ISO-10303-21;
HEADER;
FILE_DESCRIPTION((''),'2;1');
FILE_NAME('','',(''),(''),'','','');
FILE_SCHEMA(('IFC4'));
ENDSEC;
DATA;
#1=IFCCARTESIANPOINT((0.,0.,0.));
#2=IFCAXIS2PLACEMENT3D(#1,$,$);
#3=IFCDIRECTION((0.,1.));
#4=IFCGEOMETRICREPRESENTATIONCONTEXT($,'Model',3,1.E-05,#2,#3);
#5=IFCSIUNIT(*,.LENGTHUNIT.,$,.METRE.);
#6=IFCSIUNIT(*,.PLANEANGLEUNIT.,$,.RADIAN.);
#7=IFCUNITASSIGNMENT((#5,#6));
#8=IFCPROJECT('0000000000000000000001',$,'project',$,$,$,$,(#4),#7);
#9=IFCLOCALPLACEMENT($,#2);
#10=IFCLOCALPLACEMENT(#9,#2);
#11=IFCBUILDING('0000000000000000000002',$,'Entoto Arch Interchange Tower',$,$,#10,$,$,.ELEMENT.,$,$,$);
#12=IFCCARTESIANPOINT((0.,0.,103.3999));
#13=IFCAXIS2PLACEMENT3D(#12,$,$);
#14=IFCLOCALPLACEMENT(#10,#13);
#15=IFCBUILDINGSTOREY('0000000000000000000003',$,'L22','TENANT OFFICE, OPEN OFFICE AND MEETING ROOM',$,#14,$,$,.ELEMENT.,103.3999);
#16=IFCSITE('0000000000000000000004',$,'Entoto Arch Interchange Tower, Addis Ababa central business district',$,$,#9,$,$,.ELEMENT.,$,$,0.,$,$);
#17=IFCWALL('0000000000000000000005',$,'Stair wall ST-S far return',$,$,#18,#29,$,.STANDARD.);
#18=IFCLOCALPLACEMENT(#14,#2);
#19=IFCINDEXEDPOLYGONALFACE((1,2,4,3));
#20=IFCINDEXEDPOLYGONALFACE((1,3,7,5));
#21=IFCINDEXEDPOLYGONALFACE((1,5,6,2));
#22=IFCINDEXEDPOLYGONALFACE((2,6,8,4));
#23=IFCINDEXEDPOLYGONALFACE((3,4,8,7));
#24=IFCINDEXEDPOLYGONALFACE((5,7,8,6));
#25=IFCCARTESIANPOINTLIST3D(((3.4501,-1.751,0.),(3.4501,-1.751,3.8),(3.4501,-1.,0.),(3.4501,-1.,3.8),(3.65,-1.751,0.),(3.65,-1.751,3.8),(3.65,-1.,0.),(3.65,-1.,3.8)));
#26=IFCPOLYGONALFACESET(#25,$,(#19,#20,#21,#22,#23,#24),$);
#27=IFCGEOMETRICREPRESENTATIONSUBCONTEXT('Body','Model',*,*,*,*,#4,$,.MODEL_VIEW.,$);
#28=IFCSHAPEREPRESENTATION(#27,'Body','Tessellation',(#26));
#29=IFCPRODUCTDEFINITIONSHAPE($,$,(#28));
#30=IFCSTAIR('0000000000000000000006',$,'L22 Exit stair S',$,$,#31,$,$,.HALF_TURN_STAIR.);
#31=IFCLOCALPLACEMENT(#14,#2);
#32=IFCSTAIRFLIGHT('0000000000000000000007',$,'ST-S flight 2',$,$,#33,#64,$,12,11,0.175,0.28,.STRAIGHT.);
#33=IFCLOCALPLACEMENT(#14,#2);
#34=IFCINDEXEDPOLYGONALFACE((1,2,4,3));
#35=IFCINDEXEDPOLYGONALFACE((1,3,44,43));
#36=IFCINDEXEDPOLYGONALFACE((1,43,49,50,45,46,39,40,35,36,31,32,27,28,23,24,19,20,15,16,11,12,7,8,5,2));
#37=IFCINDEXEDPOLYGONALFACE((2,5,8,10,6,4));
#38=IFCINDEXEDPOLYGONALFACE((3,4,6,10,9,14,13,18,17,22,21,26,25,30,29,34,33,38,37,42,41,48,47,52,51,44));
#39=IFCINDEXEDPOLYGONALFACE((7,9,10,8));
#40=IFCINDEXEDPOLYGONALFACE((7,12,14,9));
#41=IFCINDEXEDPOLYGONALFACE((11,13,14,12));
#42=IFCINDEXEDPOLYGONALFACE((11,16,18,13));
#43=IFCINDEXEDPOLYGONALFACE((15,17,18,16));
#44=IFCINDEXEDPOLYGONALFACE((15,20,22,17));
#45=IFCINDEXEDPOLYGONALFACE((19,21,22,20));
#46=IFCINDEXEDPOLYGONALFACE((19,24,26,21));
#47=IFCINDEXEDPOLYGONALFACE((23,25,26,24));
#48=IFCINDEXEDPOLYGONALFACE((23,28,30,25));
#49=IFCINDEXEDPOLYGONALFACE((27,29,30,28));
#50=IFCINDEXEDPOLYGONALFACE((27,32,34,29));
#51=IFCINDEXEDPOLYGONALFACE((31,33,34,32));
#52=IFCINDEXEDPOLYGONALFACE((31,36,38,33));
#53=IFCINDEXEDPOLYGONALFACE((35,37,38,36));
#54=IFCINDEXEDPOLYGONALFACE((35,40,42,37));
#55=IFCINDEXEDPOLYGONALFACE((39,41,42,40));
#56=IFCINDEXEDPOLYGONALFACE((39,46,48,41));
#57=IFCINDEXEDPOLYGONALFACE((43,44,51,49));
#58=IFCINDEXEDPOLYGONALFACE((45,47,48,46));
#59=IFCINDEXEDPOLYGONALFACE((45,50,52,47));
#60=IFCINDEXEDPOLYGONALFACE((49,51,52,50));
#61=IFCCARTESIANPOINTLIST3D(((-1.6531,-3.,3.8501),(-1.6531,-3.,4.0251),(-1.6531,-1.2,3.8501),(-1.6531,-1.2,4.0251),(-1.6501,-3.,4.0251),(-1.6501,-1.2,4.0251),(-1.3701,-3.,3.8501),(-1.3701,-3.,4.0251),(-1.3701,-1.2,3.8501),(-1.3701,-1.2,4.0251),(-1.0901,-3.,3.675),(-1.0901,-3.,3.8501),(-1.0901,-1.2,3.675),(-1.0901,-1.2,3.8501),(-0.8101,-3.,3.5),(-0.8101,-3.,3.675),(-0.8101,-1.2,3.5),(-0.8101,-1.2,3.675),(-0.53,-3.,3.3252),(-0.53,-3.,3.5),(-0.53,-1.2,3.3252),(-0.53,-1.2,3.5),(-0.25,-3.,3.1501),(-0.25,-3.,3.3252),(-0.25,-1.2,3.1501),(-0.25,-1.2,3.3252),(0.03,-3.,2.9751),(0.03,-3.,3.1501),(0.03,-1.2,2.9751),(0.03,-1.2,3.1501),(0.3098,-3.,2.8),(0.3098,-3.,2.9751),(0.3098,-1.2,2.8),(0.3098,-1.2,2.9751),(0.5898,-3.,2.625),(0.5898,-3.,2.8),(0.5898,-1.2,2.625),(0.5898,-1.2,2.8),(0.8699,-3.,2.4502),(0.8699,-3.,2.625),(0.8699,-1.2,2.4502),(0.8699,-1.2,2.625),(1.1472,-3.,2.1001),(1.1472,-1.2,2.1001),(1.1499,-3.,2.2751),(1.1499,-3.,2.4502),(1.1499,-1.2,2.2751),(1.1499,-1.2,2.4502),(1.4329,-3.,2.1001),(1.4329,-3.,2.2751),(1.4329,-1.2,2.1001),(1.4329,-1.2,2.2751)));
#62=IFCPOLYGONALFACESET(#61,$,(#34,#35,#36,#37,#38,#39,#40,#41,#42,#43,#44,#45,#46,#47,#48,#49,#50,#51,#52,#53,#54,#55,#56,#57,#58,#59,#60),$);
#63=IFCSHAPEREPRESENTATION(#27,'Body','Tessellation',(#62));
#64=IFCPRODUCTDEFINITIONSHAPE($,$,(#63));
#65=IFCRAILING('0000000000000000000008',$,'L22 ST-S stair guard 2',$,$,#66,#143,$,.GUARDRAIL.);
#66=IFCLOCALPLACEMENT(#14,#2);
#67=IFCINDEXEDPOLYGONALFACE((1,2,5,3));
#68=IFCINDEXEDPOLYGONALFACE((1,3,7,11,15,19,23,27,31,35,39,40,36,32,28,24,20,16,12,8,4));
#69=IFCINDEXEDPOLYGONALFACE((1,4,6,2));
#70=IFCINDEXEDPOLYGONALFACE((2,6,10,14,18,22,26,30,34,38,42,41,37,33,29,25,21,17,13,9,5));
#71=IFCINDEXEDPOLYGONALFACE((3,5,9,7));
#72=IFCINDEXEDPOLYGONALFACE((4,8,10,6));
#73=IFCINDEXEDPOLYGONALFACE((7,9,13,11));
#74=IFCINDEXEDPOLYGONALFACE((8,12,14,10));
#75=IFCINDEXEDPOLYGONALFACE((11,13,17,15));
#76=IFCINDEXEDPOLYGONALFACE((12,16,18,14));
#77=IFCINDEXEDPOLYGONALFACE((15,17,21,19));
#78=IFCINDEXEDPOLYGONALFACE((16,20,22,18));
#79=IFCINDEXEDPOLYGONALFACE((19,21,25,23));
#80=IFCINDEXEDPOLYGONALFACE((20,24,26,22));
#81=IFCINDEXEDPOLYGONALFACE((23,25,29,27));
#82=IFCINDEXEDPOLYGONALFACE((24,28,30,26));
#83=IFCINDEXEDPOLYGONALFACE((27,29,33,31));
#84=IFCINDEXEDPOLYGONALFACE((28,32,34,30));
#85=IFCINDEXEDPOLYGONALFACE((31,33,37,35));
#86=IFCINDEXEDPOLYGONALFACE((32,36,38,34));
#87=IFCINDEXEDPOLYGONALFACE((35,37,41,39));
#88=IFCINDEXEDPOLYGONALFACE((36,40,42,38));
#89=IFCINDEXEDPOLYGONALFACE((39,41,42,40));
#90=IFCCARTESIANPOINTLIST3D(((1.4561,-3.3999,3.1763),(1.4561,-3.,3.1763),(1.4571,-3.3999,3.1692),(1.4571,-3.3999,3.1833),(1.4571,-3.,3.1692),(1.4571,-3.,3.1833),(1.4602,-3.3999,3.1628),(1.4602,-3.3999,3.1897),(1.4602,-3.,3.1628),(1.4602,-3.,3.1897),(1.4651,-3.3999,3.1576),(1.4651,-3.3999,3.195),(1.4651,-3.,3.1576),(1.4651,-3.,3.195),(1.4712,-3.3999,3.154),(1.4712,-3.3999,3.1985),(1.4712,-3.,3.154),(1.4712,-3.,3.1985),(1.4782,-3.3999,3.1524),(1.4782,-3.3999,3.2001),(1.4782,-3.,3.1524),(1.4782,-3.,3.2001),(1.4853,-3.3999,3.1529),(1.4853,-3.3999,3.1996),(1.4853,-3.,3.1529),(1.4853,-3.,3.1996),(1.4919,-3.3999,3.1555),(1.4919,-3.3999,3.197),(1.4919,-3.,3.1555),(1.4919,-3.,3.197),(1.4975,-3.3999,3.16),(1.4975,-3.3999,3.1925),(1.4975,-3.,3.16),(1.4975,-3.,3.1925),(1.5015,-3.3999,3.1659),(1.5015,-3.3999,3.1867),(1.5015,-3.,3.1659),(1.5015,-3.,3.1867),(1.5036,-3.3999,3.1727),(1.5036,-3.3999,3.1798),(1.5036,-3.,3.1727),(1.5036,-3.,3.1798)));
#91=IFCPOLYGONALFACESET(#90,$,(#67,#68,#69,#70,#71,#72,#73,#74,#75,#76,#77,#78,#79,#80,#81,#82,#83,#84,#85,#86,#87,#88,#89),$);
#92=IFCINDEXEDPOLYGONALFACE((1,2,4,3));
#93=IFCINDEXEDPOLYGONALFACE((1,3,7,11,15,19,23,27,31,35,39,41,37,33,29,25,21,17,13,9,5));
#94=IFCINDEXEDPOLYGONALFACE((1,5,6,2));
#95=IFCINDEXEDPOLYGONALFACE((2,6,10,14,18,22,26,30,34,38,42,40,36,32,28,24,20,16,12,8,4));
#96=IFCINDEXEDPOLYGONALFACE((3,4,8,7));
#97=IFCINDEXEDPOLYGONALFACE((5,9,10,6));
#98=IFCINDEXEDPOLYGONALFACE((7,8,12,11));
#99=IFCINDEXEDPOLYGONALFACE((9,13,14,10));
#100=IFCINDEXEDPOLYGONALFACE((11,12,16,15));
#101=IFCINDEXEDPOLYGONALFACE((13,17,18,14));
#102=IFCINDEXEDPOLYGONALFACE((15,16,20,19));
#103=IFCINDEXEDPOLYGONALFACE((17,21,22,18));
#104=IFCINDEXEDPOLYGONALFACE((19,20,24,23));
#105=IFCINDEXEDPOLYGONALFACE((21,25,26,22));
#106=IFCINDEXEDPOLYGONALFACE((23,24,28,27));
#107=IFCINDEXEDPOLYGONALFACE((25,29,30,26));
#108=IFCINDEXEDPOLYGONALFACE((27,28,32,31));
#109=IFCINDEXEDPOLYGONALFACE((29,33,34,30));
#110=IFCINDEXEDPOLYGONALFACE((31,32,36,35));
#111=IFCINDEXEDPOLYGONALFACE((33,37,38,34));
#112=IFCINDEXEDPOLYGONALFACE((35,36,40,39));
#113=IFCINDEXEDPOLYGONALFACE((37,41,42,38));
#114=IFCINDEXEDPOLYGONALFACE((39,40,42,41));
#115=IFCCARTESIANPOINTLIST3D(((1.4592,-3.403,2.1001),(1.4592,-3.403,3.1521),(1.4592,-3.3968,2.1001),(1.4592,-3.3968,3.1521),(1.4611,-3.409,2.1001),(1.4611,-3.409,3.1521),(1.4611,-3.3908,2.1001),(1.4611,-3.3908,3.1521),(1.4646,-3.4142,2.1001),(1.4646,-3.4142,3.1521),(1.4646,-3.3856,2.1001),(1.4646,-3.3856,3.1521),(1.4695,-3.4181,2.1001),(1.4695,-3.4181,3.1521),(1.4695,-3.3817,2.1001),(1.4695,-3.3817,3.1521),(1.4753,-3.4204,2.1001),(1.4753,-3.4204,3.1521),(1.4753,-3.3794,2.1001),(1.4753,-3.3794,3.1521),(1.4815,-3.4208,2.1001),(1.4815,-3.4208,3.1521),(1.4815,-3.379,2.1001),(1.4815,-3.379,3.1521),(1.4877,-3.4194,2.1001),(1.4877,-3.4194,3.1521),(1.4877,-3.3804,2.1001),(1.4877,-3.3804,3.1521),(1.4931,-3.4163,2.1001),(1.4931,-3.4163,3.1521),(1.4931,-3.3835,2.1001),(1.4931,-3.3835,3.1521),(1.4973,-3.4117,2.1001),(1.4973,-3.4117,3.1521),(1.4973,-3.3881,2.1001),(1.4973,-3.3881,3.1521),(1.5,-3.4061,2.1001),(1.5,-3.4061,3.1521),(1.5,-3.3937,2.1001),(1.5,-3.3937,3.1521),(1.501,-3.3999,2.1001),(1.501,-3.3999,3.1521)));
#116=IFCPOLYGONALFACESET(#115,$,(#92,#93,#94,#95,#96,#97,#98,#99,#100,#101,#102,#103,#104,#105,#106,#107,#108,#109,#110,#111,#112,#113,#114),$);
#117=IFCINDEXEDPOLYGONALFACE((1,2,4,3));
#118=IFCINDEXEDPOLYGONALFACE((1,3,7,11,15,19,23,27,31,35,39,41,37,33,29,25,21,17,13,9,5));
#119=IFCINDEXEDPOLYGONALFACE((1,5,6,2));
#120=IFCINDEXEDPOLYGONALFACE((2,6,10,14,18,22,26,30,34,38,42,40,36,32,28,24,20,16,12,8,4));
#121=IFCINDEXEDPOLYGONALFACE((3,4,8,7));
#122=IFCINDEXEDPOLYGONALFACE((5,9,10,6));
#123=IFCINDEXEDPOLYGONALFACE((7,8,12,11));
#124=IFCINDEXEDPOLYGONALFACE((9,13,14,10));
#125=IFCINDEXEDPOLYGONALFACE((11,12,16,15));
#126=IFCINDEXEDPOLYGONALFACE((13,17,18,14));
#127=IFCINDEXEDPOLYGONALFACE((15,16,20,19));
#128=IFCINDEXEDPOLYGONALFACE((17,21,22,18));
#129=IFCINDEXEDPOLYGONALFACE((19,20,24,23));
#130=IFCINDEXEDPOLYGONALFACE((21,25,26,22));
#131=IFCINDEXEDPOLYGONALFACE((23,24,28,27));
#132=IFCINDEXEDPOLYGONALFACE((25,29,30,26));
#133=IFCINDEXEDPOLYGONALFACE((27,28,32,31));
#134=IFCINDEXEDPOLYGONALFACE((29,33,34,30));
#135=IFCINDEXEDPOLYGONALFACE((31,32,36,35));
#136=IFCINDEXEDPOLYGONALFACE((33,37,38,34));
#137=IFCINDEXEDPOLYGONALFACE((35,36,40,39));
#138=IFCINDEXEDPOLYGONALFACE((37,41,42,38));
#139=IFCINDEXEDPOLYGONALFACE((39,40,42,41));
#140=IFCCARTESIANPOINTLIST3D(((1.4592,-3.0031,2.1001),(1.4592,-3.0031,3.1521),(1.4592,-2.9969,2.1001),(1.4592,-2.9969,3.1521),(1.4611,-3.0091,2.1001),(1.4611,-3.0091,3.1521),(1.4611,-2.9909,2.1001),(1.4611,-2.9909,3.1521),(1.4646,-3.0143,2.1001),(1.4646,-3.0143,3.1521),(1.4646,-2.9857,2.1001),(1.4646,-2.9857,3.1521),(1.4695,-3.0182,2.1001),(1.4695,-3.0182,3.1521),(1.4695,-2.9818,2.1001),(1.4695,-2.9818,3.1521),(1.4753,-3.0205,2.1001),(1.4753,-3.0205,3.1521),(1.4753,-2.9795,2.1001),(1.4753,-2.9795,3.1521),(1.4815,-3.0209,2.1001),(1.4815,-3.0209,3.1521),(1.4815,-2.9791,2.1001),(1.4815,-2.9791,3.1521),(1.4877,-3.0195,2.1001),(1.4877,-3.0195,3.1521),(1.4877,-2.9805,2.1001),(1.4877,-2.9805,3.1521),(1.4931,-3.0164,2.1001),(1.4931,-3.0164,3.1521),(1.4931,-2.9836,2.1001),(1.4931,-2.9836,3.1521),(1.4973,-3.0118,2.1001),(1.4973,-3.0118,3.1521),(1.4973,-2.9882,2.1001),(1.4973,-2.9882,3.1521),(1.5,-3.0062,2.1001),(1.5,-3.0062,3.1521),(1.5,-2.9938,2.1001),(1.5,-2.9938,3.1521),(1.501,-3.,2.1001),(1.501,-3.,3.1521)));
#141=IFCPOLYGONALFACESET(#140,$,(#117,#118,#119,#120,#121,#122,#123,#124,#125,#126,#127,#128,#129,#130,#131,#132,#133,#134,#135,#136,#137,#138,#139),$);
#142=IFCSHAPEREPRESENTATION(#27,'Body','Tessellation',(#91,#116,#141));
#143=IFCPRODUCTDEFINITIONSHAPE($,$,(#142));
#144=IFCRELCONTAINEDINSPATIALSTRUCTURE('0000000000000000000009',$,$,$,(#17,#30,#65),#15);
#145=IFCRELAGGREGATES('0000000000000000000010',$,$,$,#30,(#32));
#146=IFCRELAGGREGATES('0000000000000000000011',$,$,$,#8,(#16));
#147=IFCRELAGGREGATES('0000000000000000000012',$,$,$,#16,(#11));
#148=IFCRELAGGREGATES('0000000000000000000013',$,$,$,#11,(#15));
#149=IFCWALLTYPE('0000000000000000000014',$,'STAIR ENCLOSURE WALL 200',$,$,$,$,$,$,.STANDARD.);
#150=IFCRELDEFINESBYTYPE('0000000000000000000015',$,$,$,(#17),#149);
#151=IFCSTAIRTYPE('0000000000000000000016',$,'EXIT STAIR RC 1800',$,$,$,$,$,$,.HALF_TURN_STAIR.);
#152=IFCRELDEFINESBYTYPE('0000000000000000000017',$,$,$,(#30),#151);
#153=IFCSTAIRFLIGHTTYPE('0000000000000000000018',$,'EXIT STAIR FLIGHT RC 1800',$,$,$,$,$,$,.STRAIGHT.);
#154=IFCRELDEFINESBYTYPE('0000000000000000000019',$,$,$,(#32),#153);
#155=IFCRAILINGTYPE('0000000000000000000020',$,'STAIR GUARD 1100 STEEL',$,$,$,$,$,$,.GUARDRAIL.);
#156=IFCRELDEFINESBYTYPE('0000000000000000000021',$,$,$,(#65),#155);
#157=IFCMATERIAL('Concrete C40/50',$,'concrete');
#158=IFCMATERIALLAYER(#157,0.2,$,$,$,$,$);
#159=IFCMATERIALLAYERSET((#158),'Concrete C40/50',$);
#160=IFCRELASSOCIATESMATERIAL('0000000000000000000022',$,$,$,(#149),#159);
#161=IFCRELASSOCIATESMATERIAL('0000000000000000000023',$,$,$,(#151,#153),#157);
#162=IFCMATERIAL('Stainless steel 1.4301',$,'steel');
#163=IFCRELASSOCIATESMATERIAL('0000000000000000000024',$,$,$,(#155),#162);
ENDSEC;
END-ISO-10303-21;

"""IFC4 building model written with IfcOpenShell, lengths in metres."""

from ifc_helpers import new_model, si_unit, direction, frame, frame_2d, origin, origin_2d, place, context, subcontext, project, spatial, polyline, rectangle, circle, outline, extrude, material, layer, layer_set, type_object, element, aggregate, save


model = new_model("IFC4")

# Units and contexts
model_context = context("Model", 3, precision=1e-05, world=origin(), true_north=direction((0.0, 1.0)))
body_context = subcontext(model_context, "Body", "Model", "MODEL_VIEW")
ifc_project = project(units=[si_unit("LENGTHUNIT", "METRE"), si_unit("PLANEANGLEUNIT", "RADIAN")], contexts=[model_context])

# Site, building, storey
site_placement = place(None, origin())
site = spatial("IfcSite", under=ifc_project, at=site_placement, Name="Entoto Arch Interchange Tower, Addis Ababa central business district", CompositionType="ELEMENT", RefElevation=0.0)
building_placement = place(site_placement, origin())
building = spatial("IfcBuilding", under=site, at=building_placement, Name="Entoto Arch Interchange Tower", CompositionType="ELEMENT")
storey_placement = place(building_placement, frame((0.0, 0.0, 103.3999)))
storey = spatial("IfcBuildingStorey", under=building, at=storey_placement, Name="L22", Description="TENANT OFFICE, OPEN OFFICE AND MEETING ROOM", CompositionType="ELEMENT", Elevation=103.3999)

# Shared definitions
ifc_material_1 = material(Name="Concrete C40/50", Category="concrete")

# Wall
ifc_layer_1 = layer(ifc_material_1, 0.2)
ifc_layer_set_1 = layer_set([ifc_layer_1], Name="Concrete C40/50")
wall_type_1 = type_object("IfcWallType", Name="STAIR ENCLOSURE WALL 200", PredefinedType="STANDARD", material=ifc_layer_set_1)
wall_1_placement = place(storey_placement, frame((3.55, -1.0, 0.0), z_axis=(0.0, 0.0, 1.0), x_axis=(0.0, -1.0, 0.0)))
element("IfcWall", 1, at=wall_1_placement, inside=storey, type_object=wall_type_1, Name="Stair wall ST-S far return", PredefinedType="STANDARD", context=body_context, shape_type="SweptSolid", body=[
    extrude(rectangle(XDim=0.751, YDim=0.2, at=frame_2d((0.3755, 0.0))), origin(), (0.0, 0.0, 1.0), 3.8),
])

# Stair, stair flight
stair_type = type_object("IfcStairType", Name="EXIT STAIR RC 1800", PredefinedType="HALF_TURN_STAIR", material=ifc_material_1)
stair_placement = place(storey_placement, origin())
stair = element("IfcStair", 2, at=stair_placement, inside=storey, type_object=stair_type, Name="L22 Exit stair S", PredefinedType="HALF_TURN_STAIR")
stair_flight_type = type_object("IfcStairFlightType", Name="EXIT STAIR FLIGHT RC 1800", PredefinedType="STRAIGHT", material=ifc_material_1)
stair_flight_placement = place(storey_placement, frame((1.4299, -2.1001, 2.1001), z_axis=(0.0, 0.0, 1.0), x_axis=(-1.0, 0.0, 0.0)))
stair_flight = element("IfcStairFlight", 3, at=stair_flight_placement, type_object=stair_flight_type, Name="ST-S flight 2", NumberOfRisers=12, NumberOfTreads=11, PredefinedType="STRAIGHT", RiserHeight=0.175, TreadLength=0.28, context=body_context, shape_type="SweptSolid", body=[
    extrude(outline(polyline([(-0.0029, 0.0), (-0.0029, 0.175), (0.28, 0.175), (0.28, 0.3501), (0.5601, 0.3501), (0.5601, 0.5249), (0.8401, 0.5249), (0.8401, 0.7), (1.1201, 0.7), (1.1201, 0.875), (1.3999, 0.875), (1.3999, 1.05), (1.6799, 1.05), (1.6799, 1.2251), (1.96, 1.2251), (1.96, 1.3999), (2.24, 1.3999), (2.24, 1.575), (2.52, 1.575), (2.52, 1.75), (2.8, 1.75), (2.8, 1.925), (3.0801, 1.925), (3.083, 1.925), (3.083, 1.75), (0.2827, 0.0), (-0.0029, 0.0)])), frame((0.0, 0.8999, 0.0), z_axis=(0.0, -1.0, 0.0), x_axis=(1.0, 0.0, 0.0)), (0.0, 0.0, 1.0), 1.8),
])
aggregate(stair, [stair_flight])

# Railing
ifc_material_2 = material(Name="Stainless steel 1.4301", Category="steel")
railing_type_1 = type_object("IfcRailingType", Name="STAIR GUARD 1100 STEEL", PredefinedType="GUARDRAIL", material=ifc_material_2)
railing_1_placement = place(storey_placement, frame((1.48, -3.3999, 2.1001)))
element("IfcRailing", 4, at=railing_1_placement, inside=storey, type_object=railing_type_1, Name="L22 ST-S stair guard 2", PredefinedType="GUARDRAIL", context=body_context, shape_type="SweptSolid", body=[
    extrude(circle(Radius=0.0239, at=origin_2d()), frame((0.0, 0.0, 1.0762), z_axis=(0.0, 1.0, 0.0), x_axis=(-1.0, 0.0, 0.0)), (0.0, 0.0, 1.0), 0.3999),
    extrude(circle(Radius=0.021, at=origin_2d()), origin(), (0.0, 0.0, 1.0), 1.052),
    extrude(circle(Radius=0.021, at=origin_2d()), frame((0.0, 0.3999, 0.0)), (0.0, 0.0, 1.0), 1.052),
])

save(model, "model.ifc")
